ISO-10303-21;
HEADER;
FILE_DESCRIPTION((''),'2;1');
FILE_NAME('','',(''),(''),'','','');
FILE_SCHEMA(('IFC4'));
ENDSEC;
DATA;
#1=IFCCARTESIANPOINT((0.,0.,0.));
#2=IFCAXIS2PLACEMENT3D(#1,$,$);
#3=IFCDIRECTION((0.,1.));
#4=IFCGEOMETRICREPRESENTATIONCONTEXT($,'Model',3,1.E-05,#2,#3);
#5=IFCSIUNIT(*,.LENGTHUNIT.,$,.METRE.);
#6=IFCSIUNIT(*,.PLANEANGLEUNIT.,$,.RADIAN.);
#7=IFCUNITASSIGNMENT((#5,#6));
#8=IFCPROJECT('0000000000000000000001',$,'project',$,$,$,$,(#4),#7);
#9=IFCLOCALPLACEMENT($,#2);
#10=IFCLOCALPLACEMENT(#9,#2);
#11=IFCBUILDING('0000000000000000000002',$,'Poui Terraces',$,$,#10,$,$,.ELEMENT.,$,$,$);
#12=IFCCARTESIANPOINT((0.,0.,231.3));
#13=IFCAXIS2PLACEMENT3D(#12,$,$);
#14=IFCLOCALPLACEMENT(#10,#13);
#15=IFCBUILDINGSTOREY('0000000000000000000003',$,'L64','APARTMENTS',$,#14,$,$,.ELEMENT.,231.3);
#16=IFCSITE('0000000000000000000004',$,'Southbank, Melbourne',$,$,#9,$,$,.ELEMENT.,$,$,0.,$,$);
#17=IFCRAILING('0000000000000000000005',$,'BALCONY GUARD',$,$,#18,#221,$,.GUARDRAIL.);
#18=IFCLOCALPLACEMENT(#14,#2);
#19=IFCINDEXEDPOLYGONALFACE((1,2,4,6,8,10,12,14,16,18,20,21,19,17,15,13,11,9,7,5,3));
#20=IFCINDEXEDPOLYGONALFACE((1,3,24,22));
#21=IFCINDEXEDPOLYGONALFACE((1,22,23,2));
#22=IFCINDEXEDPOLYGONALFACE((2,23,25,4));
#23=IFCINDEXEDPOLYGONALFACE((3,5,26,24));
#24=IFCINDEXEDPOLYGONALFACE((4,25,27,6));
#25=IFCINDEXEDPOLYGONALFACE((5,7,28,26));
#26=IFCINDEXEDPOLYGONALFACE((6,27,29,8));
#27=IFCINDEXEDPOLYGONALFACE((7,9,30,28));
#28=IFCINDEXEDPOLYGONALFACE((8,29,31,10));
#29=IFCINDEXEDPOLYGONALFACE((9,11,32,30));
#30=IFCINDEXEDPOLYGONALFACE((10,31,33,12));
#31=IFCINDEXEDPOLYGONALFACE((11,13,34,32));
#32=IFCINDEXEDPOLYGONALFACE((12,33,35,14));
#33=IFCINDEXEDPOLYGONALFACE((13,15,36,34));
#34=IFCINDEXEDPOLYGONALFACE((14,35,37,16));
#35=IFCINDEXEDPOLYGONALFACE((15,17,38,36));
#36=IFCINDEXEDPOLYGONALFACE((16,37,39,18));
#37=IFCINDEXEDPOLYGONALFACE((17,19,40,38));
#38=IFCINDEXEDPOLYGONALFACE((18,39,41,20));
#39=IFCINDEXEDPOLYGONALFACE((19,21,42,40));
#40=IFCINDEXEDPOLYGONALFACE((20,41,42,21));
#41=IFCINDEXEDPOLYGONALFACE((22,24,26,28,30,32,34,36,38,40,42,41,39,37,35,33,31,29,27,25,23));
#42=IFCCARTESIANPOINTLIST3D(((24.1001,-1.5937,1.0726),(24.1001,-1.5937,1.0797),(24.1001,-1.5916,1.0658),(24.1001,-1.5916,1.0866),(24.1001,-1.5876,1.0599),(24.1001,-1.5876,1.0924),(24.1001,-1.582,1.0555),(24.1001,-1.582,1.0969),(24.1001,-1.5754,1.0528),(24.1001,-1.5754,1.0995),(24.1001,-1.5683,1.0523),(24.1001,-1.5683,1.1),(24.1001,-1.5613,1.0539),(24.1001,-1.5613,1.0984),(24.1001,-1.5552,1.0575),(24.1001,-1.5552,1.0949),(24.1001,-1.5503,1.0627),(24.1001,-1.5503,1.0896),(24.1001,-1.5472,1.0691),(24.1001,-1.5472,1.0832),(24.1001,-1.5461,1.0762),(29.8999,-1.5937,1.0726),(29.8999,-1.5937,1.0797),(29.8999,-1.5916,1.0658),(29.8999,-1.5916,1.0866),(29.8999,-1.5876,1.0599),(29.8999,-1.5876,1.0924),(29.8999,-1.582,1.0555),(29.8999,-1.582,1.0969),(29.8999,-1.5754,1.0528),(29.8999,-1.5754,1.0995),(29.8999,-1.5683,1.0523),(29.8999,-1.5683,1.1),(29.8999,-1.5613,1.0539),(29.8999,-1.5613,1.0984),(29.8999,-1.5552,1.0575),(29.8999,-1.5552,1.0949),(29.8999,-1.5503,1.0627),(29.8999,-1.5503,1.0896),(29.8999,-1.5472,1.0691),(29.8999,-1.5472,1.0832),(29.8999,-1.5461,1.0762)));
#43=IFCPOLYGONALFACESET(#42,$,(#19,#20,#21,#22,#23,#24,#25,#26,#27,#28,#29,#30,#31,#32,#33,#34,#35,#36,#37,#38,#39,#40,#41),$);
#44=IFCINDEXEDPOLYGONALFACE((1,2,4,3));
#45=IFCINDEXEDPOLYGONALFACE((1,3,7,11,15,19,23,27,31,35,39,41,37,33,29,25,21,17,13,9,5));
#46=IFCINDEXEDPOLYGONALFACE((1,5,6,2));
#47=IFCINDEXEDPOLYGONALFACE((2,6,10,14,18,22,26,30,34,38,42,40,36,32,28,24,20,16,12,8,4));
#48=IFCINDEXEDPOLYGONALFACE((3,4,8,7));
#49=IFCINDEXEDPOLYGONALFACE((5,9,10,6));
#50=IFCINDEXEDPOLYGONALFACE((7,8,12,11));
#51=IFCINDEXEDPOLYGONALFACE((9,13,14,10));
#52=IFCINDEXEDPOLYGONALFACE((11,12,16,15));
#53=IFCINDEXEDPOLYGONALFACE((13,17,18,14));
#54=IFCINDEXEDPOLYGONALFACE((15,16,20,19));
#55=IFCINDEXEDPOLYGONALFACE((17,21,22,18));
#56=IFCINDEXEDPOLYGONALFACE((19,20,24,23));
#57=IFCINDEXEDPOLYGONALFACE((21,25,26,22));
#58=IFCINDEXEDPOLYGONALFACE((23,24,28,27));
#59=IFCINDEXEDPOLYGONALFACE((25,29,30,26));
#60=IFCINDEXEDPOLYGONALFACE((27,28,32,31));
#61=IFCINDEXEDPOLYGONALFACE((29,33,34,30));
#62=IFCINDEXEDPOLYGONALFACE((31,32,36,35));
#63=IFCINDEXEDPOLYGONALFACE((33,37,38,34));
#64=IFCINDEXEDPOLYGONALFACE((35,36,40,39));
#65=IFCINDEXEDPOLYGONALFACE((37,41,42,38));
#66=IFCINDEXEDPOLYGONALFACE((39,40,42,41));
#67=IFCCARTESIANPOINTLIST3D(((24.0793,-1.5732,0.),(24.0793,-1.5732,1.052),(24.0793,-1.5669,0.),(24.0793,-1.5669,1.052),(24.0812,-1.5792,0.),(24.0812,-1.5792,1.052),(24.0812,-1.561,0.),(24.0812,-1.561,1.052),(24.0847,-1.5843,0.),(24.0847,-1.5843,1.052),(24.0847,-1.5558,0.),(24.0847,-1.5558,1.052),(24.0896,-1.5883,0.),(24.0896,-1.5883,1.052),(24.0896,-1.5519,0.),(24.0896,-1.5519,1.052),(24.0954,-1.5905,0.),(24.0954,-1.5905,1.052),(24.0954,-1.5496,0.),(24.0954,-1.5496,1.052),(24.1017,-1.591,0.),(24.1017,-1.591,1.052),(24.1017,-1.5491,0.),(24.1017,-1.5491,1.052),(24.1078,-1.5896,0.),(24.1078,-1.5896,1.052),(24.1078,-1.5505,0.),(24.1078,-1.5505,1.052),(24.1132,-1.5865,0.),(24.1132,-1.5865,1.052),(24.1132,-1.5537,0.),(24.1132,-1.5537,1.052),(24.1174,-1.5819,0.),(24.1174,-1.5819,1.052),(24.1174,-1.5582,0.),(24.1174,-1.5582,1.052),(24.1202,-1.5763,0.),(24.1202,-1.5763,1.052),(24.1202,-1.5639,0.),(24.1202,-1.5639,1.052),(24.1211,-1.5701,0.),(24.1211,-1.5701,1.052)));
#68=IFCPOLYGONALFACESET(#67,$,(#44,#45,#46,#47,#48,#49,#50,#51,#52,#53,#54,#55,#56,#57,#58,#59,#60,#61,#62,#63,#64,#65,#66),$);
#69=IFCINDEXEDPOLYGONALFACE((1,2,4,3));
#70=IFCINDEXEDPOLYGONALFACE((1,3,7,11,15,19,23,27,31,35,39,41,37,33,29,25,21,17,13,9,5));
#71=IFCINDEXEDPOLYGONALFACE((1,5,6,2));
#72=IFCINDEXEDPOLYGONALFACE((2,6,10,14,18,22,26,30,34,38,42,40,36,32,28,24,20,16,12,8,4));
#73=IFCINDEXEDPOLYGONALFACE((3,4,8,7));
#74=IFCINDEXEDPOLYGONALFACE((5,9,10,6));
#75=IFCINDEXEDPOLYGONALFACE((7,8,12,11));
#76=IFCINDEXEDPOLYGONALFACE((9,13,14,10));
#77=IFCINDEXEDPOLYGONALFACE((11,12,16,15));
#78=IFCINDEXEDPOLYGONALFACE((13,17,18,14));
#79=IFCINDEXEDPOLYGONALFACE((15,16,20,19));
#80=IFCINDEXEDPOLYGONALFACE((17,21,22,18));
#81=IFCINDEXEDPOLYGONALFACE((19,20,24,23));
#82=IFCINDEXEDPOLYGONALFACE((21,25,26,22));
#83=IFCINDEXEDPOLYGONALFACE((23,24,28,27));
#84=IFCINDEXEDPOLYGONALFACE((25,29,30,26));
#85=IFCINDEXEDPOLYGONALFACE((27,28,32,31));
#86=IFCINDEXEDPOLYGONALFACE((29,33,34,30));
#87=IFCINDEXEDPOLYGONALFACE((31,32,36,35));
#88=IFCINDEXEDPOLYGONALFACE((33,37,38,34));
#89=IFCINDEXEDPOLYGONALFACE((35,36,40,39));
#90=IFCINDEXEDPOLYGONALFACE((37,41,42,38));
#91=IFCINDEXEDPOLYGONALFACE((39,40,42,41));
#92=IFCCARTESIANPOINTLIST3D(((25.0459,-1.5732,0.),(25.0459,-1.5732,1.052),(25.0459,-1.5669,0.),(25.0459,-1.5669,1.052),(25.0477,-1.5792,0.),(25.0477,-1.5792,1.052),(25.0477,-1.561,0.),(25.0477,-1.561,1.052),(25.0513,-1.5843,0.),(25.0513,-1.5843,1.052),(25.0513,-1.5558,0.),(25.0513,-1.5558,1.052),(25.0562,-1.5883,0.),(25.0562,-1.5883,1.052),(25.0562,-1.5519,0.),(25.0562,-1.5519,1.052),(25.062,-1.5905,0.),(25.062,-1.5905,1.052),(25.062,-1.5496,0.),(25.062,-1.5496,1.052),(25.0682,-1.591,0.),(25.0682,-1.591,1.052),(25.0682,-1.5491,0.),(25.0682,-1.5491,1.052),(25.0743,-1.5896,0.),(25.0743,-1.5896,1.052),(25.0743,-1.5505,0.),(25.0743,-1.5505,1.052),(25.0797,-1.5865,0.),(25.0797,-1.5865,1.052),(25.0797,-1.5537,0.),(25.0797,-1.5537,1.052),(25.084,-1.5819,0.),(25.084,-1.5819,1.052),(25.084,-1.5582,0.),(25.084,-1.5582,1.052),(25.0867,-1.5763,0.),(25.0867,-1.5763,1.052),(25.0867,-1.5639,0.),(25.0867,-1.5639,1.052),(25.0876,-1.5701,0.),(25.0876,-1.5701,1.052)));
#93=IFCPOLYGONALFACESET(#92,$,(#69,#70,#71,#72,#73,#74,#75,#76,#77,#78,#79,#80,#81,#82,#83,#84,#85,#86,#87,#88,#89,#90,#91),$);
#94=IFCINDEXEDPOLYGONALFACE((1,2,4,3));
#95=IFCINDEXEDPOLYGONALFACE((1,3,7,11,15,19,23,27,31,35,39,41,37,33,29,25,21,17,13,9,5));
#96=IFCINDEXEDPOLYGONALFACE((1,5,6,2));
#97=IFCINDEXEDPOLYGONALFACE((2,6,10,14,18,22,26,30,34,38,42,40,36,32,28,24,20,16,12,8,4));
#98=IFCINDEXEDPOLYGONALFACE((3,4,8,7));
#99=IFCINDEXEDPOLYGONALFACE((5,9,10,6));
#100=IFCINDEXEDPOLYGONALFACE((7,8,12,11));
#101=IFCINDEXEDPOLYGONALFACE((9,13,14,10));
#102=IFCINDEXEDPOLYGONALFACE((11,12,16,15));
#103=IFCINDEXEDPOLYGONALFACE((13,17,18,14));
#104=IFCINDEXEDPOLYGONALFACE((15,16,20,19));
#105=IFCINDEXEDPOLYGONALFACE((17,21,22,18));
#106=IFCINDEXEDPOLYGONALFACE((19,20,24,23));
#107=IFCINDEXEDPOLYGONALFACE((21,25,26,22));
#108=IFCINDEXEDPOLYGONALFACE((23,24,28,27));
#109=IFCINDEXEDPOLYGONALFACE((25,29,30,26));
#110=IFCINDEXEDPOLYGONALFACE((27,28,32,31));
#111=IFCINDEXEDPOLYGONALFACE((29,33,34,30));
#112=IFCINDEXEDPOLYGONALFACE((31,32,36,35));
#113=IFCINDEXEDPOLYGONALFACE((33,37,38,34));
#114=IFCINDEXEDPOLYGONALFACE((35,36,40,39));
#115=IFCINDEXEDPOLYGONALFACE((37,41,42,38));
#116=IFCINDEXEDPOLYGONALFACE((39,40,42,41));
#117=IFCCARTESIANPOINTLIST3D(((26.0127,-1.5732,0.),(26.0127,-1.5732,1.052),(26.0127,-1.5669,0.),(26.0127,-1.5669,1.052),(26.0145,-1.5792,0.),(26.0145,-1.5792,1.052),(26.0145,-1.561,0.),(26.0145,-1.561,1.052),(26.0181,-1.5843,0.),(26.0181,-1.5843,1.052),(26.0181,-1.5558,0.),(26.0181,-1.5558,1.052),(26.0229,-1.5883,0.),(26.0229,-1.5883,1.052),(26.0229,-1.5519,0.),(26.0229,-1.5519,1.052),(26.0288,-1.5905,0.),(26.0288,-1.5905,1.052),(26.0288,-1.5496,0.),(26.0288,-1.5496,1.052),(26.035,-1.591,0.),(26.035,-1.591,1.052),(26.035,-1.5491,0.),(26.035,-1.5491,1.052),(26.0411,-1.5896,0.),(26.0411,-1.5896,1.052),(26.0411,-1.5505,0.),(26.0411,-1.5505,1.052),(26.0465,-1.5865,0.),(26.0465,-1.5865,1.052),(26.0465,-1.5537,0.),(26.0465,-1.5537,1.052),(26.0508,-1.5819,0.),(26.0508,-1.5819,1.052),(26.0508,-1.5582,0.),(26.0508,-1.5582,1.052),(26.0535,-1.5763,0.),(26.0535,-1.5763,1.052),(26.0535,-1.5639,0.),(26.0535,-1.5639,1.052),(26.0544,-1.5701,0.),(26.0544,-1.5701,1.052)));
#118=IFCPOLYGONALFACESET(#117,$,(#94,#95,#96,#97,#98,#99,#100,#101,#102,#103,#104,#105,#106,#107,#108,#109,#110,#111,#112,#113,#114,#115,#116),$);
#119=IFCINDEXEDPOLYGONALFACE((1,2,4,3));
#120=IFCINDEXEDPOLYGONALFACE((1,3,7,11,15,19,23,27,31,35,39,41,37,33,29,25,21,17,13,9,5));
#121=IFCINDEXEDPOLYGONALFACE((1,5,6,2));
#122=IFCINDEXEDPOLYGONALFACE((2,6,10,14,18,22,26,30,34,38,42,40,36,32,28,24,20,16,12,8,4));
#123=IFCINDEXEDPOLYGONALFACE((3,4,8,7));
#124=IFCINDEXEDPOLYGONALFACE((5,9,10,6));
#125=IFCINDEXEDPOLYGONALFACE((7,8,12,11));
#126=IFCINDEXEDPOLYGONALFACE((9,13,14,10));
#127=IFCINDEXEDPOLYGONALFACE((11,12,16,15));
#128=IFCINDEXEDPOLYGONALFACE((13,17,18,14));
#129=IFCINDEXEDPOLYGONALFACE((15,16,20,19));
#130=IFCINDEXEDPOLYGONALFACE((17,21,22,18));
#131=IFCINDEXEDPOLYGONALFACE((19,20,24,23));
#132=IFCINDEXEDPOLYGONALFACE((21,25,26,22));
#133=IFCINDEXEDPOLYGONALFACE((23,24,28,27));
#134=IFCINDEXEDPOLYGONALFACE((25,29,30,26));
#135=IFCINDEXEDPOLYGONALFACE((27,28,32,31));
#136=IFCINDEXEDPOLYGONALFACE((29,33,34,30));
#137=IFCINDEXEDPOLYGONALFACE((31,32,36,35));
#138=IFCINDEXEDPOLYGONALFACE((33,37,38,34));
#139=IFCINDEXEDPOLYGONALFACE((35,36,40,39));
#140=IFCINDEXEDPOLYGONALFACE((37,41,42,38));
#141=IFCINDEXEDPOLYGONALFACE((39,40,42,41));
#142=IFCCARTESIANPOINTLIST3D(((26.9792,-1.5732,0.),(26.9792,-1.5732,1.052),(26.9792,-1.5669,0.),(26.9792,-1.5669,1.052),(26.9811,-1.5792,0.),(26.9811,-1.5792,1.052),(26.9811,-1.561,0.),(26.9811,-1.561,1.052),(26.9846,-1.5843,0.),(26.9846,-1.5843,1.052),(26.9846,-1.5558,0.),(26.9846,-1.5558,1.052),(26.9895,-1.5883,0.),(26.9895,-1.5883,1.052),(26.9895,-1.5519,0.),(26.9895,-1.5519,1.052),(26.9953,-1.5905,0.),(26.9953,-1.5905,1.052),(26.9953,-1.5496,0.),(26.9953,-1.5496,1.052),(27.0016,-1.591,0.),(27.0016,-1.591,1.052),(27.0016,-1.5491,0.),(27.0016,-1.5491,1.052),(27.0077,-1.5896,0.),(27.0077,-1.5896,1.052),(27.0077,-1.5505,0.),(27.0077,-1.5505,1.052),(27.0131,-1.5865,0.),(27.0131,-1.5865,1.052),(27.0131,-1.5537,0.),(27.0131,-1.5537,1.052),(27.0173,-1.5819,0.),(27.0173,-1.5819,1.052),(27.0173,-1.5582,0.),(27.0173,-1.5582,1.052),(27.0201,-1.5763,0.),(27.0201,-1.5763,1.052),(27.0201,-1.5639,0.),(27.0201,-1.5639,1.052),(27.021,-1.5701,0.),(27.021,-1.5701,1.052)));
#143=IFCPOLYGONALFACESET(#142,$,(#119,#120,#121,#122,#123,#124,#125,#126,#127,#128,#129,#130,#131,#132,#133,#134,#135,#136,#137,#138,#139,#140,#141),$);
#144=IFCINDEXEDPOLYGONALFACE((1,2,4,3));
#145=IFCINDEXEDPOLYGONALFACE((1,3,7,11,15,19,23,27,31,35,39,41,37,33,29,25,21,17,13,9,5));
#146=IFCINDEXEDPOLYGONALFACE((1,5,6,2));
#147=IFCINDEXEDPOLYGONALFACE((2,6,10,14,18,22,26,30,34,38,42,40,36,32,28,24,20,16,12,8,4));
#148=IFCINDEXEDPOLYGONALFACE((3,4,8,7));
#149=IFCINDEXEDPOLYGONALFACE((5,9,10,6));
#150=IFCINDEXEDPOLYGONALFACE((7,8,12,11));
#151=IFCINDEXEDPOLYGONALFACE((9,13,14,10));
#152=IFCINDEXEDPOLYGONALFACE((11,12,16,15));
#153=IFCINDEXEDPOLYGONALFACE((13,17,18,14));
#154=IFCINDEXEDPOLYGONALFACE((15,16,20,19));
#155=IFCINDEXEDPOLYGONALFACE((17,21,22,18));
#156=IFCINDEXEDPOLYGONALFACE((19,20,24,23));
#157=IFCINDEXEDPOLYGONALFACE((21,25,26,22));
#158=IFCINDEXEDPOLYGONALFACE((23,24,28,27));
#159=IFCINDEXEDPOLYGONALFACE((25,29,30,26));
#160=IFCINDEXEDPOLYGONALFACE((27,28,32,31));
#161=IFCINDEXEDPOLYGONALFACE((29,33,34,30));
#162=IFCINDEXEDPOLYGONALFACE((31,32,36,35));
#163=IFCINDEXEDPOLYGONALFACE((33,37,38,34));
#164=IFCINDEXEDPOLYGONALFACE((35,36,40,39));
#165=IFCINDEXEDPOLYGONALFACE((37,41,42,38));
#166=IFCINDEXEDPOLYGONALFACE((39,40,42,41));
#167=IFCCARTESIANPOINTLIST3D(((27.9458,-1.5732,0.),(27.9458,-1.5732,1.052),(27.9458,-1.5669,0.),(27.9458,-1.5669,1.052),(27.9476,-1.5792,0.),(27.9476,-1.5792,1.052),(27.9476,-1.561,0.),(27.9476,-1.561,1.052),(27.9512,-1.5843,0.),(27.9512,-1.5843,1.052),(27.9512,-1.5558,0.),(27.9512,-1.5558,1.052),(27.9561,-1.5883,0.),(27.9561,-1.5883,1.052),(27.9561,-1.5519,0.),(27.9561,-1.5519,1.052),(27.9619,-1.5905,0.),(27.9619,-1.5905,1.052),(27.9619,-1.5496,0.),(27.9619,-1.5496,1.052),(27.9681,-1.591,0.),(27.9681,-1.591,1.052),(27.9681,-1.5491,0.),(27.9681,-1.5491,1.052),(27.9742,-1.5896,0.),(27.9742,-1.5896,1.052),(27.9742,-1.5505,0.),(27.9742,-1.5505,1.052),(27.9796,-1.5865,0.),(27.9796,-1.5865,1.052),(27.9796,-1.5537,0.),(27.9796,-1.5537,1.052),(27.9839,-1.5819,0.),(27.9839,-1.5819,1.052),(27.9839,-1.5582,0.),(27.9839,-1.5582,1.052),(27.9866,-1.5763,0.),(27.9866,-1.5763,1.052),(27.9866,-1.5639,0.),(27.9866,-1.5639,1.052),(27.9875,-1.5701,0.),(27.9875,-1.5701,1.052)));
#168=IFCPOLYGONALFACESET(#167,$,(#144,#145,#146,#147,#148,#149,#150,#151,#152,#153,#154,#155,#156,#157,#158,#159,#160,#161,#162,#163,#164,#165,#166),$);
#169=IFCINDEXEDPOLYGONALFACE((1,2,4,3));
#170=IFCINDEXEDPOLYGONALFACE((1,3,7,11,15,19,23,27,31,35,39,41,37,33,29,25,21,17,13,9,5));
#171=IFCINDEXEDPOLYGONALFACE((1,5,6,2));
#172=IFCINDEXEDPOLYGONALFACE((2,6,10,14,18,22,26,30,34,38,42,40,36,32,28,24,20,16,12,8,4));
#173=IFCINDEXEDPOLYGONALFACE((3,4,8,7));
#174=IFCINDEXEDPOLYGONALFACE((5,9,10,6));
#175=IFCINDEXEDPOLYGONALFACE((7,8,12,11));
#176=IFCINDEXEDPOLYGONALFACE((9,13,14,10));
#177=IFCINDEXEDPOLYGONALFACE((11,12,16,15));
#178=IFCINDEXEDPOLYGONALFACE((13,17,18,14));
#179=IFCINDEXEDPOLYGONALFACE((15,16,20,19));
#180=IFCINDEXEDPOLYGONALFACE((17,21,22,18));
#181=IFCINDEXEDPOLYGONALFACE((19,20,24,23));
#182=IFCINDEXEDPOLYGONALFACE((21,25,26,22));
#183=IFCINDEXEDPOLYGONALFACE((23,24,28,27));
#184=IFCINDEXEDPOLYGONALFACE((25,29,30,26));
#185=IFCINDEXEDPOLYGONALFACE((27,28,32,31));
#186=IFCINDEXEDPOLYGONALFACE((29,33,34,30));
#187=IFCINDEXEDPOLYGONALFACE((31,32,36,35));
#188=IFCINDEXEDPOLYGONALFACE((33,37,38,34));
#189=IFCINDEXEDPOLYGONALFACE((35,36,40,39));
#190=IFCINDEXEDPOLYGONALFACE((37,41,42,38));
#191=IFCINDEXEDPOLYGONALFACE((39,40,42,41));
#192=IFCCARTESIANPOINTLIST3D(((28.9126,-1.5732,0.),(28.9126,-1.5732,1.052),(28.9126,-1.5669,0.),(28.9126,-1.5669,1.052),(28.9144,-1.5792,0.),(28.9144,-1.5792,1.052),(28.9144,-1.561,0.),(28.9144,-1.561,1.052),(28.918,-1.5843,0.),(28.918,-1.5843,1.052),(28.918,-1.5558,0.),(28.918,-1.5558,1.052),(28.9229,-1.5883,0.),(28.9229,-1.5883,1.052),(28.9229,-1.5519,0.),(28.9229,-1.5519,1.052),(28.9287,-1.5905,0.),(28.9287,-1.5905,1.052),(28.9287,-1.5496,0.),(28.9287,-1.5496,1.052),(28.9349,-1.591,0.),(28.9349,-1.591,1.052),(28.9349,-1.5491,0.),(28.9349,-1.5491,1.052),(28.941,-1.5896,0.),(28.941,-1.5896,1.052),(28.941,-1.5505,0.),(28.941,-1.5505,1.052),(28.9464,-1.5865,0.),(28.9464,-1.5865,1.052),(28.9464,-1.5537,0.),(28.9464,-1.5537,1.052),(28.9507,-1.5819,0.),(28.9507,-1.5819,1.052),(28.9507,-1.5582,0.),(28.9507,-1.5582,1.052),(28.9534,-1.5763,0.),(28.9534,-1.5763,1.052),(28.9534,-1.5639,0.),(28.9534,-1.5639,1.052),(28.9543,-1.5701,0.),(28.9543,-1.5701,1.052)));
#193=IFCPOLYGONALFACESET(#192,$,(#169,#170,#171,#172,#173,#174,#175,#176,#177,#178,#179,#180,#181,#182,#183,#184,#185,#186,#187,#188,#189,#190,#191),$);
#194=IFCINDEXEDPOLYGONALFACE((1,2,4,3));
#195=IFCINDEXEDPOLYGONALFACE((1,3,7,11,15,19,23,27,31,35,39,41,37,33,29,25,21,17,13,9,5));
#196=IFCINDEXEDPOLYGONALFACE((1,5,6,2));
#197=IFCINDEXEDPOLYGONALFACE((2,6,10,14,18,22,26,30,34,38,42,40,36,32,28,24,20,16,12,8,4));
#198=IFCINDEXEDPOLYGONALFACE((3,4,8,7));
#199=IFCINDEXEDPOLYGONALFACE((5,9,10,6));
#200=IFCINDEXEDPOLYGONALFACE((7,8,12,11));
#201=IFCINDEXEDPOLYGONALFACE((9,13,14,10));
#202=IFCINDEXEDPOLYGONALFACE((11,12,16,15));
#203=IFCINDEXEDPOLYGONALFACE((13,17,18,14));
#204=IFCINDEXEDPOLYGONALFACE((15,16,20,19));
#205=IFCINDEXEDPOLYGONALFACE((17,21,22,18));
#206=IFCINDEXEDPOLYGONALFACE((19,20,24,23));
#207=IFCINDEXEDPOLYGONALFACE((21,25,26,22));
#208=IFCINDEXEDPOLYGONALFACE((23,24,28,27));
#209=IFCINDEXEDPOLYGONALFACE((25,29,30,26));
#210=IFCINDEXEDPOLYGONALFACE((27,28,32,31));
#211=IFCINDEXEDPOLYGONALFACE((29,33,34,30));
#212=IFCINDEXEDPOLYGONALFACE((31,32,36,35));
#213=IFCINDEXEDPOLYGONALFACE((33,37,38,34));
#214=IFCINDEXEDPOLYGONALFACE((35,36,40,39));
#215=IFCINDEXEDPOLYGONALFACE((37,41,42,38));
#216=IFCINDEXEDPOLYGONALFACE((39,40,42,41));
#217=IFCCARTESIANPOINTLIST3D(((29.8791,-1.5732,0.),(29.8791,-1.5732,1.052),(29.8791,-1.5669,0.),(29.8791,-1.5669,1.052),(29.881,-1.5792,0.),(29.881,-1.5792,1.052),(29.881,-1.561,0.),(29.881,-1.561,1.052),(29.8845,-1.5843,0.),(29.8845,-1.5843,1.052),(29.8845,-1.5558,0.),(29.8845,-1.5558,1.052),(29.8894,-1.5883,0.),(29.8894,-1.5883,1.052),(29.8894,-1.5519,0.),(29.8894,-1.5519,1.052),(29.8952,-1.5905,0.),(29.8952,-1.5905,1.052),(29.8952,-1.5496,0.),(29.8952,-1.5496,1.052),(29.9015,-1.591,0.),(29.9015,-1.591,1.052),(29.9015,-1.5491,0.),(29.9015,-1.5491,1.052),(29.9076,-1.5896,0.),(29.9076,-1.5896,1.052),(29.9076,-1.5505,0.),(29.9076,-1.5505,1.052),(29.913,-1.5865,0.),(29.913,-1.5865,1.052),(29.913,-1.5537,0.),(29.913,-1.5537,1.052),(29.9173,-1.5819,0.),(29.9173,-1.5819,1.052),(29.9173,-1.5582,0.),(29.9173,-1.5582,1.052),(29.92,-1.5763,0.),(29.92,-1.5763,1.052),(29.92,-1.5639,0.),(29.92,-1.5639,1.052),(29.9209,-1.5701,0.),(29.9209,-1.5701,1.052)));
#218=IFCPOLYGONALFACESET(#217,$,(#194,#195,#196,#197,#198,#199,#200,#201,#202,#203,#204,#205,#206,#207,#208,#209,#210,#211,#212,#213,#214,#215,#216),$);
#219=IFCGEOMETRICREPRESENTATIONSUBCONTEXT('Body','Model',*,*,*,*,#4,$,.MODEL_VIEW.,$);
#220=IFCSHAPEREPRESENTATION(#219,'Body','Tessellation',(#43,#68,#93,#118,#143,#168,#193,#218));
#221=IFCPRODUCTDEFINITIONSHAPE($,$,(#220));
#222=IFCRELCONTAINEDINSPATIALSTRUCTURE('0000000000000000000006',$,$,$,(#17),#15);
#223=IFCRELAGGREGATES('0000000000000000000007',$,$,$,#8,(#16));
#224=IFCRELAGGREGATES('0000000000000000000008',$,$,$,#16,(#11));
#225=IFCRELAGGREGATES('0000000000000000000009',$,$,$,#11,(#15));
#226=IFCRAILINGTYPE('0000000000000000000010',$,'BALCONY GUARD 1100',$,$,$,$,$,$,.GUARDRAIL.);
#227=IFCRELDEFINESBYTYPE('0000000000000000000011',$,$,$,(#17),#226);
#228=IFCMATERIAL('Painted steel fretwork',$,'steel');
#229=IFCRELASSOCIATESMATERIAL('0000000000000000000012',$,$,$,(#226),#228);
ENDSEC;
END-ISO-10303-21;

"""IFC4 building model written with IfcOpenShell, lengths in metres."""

from ifc_helpers import new_model, si_unit, direction, frame, origin, origin_2d, place, context, subcontext, project, spatial, circle, extrude, material, type_object, element, save


model = new_model("IFC4")

# Units and contexts
model_context = context("Model", 3, precision=1e-05, world=origin(), true_north=direction((0.0, 1.0)))
body_context = subcontext(model_context, "Body", "Model", "MODEL_VIEW")
ifc_project = project(units=[si_unit("LENGTHUNIT", "METRE"), si_unit("PLANEANGLEUNIT", "RADIAN")], contexts=[model_context])

# Site, building, storey
site_placement = place(None, origin())
site = spatial("IfcSite", under=ifc_project, at=site_placement, Name="Southbank, Melbourne", CompositionType="ELEMENT", RefElevation=0.0)
building_placement = place(site_placement, origin())
building = spatial("IfcBuilding", under=site, at=building_placement, Name="Poui Terraces", CompositionType="ELEMENT")
storey_placement = place(building_placement, frame((0.0, 0.0, 231.3)))
storey = spatial("IfcBuildingStorey", under=building, at=storey_placement, Name="L64", Description="APARTMENTS", CompositionType="ELEMENT", Elevation=231.3)

# Railing
ifc_material_1 = material(Name="Painted steel fretwork", Category="steel")
railing_type = type_object("IfcRailingType", Name="BALCONY GUARD 1100", PredefinedType="GUARDRAIL", material=ifc_material_1)
railing_placement = place(storey_placement, frame((24.1001, -1.5701, 0.0)))
element("IfcRailing", 1, at=railing_placement, inside=storey, type_object=railing_type, Name="BALCONY GUARD", PredefinedType="GUARDRAIL", context=body_context, shape_type="SweptSolid", body=[
    extrude(circle(Radius=0.0239, at=origin_2d()), frame((0.0, 0.0, 1.0762), z_axis=(1.0, 0.0, 0.0), x_axis=(0.0, 1.0, 0.0)), (0.0, 0.0, 1.0), 5.7998),
    extrude(circle(Radius=0.021, at=origin_2d()), origin(), (0.0, 0.0, 1.0), 1.052),
    extrude(circle(Radius=0.021, at=origin_2d()), frame((0.9666, 0.0, 0.0)), (0.0, 0.0, 1.0), 1.052),
    extrude(circle(Radius=0.021, at=origin_2d()), frame((1.9333, 0.0, 0.0)), (0.0, 0.0, 1.0), 1.052),
    extrude(circle(Radius=0.021, at=origin_2d()), frame((2.8999, 0.0, 0.0)), (0.0, 0.0, 1.0), 1.052),
    extrude(circle(Radius=0.021, at=origin_2d()), frame((3.8665, 0.0, 0.0)), (0.0, 0.0, 1.0), 1.052),
    extrude(circle(Radius=0.021, at=origin_2d()), frame((4.8333, 0.0, 0.0)), (0.0, 0.0, 1.0), 1.052),
    extrude(circle(Radius=0.021, at=origin_2d()), frame((5.7998, 0.0, 0.0)), (0.0, 0.0, 1.0), 1.052),
])

save(model, "model.ifc")
